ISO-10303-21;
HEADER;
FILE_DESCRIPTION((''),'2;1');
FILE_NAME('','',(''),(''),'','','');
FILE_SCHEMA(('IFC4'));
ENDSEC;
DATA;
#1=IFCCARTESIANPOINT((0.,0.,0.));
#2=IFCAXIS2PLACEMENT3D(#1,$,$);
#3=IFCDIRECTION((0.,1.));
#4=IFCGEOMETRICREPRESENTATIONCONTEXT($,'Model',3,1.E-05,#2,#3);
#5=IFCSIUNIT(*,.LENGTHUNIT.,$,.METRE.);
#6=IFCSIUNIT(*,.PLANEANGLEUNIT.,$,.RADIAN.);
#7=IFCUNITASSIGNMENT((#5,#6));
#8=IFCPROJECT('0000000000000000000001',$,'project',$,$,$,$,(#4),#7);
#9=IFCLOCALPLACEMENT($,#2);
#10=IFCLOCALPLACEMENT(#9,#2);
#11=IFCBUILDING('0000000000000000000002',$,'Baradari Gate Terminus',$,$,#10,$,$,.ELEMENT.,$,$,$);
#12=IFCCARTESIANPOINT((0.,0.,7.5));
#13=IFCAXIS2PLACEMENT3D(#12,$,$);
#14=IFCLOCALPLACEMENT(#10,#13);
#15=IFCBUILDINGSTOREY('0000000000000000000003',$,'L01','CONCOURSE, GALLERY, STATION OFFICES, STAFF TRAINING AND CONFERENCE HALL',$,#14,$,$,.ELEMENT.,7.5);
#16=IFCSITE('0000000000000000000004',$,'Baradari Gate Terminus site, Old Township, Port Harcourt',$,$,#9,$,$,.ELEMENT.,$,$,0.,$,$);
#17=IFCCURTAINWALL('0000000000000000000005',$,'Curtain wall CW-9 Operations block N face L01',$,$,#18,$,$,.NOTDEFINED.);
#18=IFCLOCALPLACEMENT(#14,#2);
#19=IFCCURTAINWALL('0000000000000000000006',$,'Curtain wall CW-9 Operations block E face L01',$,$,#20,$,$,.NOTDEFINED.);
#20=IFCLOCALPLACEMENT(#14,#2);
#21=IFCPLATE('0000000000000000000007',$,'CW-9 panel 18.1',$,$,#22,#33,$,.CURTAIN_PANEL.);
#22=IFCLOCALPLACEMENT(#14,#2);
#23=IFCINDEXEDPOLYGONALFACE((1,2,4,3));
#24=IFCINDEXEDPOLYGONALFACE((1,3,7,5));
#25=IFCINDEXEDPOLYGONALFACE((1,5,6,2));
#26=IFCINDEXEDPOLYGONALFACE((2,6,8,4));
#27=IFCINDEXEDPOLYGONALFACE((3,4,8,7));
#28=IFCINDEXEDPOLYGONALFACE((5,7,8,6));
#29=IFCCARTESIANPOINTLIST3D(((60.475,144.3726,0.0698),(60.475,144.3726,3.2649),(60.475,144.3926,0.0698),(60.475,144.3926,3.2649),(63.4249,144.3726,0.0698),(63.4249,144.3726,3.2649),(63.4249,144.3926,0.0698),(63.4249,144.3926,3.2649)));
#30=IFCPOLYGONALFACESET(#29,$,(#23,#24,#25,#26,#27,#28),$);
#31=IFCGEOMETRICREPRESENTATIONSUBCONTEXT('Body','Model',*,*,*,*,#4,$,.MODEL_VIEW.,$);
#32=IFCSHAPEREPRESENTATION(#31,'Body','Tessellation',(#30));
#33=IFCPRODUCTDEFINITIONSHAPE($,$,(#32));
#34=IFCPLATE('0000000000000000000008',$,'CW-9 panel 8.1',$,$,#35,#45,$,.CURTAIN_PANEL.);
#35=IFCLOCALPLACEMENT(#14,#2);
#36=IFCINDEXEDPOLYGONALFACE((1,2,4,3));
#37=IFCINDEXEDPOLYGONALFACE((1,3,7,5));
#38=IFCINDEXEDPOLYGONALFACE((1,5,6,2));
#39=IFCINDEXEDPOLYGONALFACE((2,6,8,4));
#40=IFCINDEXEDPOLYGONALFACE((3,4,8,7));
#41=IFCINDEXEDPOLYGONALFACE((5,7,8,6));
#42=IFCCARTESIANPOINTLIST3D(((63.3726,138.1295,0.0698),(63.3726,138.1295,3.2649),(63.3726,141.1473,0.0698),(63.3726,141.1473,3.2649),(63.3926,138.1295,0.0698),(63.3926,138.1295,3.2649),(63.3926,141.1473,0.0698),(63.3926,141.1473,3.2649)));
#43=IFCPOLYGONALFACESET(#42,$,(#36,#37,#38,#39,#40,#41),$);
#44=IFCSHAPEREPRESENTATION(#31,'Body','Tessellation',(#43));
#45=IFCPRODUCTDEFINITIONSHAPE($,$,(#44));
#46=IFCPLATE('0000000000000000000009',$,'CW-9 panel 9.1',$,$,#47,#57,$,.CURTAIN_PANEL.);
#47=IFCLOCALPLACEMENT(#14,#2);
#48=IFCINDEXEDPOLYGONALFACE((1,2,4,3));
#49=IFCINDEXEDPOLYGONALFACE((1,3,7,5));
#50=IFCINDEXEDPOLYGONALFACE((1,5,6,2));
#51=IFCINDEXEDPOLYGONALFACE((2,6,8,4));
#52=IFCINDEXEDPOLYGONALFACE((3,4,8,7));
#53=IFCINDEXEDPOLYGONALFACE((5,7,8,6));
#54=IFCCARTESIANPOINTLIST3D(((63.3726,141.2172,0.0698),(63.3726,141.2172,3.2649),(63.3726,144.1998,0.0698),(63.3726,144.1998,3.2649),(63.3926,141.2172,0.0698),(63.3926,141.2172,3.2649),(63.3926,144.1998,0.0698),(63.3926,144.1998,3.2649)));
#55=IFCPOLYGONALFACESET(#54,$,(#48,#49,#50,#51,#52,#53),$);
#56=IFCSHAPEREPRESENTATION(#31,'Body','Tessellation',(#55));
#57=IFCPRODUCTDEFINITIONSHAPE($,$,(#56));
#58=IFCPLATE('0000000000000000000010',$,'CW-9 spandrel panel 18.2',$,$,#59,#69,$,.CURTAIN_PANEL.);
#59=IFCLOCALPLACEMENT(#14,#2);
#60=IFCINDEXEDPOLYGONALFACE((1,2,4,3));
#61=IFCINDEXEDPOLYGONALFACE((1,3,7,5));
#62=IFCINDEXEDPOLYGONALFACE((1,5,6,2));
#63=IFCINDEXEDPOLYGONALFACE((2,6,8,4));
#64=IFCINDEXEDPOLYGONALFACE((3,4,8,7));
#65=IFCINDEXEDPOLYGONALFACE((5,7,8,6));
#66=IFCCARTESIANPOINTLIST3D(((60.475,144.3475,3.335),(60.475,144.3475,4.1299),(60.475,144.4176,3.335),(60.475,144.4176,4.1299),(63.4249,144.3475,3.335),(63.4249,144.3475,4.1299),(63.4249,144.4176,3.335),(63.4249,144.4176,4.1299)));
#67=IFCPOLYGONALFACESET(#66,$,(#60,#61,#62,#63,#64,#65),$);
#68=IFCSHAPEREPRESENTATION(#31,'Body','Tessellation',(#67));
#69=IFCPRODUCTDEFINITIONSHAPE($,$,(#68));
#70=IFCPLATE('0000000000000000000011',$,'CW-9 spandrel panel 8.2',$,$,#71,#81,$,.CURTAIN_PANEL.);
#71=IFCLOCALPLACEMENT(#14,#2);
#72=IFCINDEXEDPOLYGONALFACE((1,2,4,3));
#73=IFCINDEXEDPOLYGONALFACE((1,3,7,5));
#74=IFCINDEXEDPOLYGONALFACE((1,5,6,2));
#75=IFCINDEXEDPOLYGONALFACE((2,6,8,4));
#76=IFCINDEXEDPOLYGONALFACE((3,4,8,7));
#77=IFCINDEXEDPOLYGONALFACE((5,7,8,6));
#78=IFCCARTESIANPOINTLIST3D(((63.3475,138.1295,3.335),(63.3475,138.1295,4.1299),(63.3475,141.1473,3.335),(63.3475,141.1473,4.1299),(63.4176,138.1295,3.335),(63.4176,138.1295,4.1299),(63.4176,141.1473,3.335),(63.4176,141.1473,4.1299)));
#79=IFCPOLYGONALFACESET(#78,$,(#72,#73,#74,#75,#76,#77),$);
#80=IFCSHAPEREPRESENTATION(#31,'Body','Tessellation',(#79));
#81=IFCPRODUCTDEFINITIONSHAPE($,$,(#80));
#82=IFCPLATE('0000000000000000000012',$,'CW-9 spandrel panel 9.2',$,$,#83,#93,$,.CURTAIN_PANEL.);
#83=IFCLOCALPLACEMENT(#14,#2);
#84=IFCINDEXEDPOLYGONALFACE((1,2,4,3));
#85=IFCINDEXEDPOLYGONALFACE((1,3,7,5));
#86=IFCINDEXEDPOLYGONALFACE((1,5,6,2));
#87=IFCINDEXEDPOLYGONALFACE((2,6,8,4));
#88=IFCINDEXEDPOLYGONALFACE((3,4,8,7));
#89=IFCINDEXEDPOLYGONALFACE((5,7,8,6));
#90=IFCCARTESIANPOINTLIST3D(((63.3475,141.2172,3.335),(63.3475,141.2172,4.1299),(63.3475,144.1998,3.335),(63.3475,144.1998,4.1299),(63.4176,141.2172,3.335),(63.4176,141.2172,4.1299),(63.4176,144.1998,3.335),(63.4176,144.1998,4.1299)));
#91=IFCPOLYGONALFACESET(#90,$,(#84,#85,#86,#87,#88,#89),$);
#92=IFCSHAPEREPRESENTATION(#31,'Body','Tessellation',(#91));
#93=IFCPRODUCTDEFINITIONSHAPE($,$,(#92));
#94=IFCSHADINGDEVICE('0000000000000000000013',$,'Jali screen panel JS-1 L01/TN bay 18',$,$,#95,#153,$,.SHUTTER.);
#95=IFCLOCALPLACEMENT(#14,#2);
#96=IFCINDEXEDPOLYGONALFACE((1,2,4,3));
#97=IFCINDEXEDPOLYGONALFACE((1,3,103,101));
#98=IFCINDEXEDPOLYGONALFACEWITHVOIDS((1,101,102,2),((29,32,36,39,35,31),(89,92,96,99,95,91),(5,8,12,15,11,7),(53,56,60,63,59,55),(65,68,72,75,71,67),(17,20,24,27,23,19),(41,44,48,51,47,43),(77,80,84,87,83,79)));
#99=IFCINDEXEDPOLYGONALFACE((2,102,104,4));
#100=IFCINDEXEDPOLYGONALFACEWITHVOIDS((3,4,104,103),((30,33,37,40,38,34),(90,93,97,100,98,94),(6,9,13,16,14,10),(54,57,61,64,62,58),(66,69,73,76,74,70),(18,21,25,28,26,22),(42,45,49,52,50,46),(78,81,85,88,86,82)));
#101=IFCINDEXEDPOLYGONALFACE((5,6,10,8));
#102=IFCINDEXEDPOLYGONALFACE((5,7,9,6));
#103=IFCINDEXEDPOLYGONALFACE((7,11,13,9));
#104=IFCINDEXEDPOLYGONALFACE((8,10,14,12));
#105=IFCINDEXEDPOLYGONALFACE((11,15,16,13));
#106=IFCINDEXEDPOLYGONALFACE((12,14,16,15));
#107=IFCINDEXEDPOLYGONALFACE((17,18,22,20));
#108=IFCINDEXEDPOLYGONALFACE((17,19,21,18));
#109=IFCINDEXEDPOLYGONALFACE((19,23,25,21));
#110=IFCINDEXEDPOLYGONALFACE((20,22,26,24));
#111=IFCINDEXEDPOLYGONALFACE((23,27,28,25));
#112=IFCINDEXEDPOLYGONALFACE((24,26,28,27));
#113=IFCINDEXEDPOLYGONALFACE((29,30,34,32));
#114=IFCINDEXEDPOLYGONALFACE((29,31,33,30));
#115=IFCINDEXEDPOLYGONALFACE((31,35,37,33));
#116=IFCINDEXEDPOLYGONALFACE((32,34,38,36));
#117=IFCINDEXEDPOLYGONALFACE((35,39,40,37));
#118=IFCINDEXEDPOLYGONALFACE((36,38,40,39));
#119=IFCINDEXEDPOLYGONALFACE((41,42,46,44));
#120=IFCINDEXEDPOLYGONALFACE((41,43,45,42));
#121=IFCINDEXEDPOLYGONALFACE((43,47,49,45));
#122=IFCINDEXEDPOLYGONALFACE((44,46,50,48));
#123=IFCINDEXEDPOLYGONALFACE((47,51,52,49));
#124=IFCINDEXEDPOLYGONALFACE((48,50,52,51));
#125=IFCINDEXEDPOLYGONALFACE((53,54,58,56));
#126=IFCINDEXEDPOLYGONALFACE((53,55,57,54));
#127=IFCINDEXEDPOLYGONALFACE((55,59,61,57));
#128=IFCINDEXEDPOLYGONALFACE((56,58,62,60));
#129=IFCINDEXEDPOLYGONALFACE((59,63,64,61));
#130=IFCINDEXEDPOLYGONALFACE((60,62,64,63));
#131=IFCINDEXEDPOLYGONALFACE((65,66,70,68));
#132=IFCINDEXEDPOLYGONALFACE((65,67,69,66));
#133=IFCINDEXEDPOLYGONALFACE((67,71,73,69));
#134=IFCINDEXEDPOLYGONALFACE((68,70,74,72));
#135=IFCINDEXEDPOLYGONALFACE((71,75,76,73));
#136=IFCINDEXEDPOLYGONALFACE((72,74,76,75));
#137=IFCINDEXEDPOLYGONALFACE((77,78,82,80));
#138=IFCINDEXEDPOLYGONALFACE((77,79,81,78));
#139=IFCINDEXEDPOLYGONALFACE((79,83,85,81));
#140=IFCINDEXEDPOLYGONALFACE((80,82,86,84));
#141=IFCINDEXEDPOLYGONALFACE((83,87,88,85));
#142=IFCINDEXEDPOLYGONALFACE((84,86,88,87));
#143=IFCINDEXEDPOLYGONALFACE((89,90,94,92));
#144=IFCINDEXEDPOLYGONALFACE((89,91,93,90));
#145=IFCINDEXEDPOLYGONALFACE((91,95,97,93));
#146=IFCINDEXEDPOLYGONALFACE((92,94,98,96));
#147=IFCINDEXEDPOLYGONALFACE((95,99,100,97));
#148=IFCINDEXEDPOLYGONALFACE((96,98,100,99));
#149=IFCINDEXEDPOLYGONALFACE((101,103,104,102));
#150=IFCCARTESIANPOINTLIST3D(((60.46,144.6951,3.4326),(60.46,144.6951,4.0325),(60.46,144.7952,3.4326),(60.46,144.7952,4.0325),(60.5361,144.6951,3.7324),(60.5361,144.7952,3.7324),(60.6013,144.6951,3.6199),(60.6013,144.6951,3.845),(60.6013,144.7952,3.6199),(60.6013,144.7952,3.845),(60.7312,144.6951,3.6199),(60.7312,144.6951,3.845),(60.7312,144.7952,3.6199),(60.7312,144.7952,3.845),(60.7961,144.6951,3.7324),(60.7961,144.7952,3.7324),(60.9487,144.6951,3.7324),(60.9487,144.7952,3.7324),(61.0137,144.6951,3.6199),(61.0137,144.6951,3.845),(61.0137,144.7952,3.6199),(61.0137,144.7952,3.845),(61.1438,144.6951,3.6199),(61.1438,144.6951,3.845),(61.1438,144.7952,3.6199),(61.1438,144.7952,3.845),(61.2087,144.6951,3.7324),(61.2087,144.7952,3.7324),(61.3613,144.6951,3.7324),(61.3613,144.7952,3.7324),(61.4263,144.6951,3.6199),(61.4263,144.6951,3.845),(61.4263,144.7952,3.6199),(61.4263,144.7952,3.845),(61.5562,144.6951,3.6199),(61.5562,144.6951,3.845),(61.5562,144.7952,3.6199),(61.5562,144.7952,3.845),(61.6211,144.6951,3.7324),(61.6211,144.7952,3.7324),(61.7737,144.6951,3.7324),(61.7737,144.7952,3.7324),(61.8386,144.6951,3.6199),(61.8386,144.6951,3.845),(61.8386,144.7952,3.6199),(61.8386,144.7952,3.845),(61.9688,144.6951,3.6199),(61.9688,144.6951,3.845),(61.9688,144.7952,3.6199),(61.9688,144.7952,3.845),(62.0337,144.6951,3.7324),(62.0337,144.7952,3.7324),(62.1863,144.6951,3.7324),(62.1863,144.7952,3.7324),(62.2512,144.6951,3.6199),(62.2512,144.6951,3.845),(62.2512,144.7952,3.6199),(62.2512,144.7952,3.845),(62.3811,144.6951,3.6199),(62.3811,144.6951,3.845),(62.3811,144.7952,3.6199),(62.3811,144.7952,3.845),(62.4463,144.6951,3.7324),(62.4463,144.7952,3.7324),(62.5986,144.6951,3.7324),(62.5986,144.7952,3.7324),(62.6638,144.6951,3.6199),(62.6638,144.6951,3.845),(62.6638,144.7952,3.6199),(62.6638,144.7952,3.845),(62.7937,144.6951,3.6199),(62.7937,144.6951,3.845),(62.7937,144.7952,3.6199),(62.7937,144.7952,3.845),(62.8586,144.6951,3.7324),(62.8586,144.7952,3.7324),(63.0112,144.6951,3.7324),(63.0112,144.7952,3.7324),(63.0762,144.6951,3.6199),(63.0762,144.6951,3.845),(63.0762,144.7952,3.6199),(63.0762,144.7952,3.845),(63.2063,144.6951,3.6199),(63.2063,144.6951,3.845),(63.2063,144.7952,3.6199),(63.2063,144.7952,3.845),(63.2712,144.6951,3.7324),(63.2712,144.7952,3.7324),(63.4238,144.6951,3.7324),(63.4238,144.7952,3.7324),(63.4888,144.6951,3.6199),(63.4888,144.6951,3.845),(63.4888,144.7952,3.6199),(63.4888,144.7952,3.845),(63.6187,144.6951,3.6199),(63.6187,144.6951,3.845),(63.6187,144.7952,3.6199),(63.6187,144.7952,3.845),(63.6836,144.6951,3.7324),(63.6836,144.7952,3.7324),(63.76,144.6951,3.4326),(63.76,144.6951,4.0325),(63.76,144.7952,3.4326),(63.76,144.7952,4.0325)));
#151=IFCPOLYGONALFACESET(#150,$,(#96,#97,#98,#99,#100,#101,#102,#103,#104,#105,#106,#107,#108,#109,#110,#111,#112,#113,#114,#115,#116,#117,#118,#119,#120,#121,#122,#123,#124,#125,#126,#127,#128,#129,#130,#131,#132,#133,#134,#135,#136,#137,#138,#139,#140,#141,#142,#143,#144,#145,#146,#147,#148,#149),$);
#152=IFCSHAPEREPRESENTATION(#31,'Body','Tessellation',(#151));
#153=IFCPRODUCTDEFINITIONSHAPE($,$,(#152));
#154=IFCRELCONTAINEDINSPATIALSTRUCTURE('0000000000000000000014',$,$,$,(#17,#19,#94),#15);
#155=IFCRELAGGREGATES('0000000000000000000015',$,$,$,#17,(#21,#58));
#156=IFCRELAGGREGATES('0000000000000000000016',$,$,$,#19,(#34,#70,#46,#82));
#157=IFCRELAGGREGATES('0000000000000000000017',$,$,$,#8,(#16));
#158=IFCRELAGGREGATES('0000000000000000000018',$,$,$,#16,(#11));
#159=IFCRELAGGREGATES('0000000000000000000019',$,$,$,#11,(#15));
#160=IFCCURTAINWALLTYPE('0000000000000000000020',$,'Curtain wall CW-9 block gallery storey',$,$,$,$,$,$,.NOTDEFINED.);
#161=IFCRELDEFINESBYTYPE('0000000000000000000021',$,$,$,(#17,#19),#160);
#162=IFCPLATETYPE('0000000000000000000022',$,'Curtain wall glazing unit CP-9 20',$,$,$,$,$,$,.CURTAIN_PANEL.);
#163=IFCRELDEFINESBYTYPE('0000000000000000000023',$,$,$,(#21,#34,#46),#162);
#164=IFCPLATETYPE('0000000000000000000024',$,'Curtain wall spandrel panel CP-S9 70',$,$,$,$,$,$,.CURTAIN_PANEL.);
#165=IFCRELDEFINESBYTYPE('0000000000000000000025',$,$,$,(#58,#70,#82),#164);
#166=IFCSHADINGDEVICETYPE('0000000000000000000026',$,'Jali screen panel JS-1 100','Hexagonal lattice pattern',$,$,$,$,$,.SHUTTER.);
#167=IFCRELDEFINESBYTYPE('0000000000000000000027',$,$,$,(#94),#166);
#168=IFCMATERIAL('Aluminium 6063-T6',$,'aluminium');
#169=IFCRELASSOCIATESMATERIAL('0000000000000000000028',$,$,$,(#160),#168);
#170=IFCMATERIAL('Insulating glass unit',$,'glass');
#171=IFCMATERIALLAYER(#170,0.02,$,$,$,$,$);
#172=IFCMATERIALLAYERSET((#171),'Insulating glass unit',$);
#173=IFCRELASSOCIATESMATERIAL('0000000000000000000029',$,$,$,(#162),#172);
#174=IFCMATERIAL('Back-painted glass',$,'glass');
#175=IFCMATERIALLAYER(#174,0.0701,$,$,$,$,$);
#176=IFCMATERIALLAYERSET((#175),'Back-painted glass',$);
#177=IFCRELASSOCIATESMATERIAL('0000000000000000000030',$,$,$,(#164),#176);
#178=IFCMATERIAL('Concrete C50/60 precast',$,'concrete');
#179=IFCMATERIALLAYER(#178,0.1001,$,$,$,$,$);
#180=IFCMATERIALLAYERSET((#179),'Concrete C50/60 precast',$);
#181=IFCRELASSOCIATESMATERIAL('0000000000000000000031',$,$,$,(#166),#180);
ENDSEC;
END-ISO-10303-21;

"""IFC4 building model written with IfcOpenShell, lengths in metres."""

from ifc_helpers import new_model, si_unit, direction, frame, origin, origin_2d, place, context, subcontext, project, spatial, polyline, rectangle, outline, extrude, material, layer, layer_set, type_object, element, aggregate, save


model = new_model("IFC4")

# Units and contexts
model_context = context("Model", 3, precision=1e-05, world=origin(), true_north=direction((0.0, 1.0)))
body_context = subcontext(model_context, "Body", "Model", "MODEL_VIEW")
ifc_project = project(units=[si_unit("LENGTHUNIT", "METRE"), si_unit("PLANEANGLEUNIT", "RADIAN")], contexts=[model_context])

# Site, building, storey
site_placement = place(None, origin())
site = spatial("IfcSite", under=ifc_project, at=site_placement, Name="Baradari Gate Terminus site, Old Township, Port Harcourt", CompositionType="ELEMENT", RefElevation=0.0)
building_placement = place(site_placement, origin())
building = spatial("IfcBuilding", under=site, at=building_placement, Name="Baradari Gate Terminus", CompositionType="ELEMENT")
storey_placement = place(building_placement, frame((0.0, 0.0, 7.5)))
storey = spatial("IfcBuildingStorey", under=building, at=storey_placement, Name="L01", Description="CONCOURSE, GALLERY, STATION OFFICES, STAFF TRAINING AND CONFERENCE HALL", CompositionType="ELEMENT", Elevation=7.5)

# Curtain walls
ifc_material_1 = material(Name="Aluminium 6063-T6", Category="aluminium")
curtain_wall_type = type_object("IfcCurtainWallType", Name="Curtain wall CW-9 block gallery storey", PredefinedType="NOTDEFINED", material=ifc_material_1)
curtain_wall_1_placement = place(storey_placement, origin())
curtain_wall_1 = element("IfcCurtainWall", 1, at=curtain_wall_1_placement, inside=storey, type_object=curtain_wall_type, Name="Curtain wall CW-9 Operations block N face L01", PredefinedType="NOTDEFINED")
curtain_wall_2_placement = place(storey_placement, origin())
curtain_wall_2 = element("IfcCurtainWall", 2, at=curtain_wall_2_placement, inside=storey, type_object=curtain_wall_type, Name="Curtain wall CW-9 Operations block E face L01", PredefinedType="NOTDEFINED")

# Plates
ifc_material_2 = material(Name="Insulating glass unit", Category="glass")
ifc_layer_1 = layer(ifc_material_2, 0.02)
ifc_layer_set_1 = layer_set([ifc_layer_1], Name="Insulating glass unit")
plate_type_1 = type_object("IfcPlateType", Name="Curtain wall glazing unit CP-9 20", PredefinedType="CURTAIN_PANEL", material=ifc_layer_set_1)
plate_1_placement = place(storey_placement, frame((61.95, 144.3826, 0.0698), z_axis=(0.0, 0.0, 1.0), x_axis=(1.0, 0.0, 0.0)))
plate_1 = element("IfcPlate", 3, at=plate_1_placement, type_object=plate_type_1, Name="CW-9 panel 18.1", PredefinedType="CURTAIN_PANEL", context=body_context, shape_type="SweptSolid", body=[
    extrude(rectangle(XDim=2.95, YDim=0.02, at=origin_2d()), origin(), (0.0, 0.0, 1.0), 3.1951),
])
plate_2_placement = place(storey_placement, frame((63.3826, 139.6384, 0.0698), z_axis=(0.0, 0.0, 1.0), x_axis=(0.0, 1.0, 0.0)))
plate_2 = element("IfcPlate", 4, at=plate_2_placement, type_object=plate_type_1, Name="CW-9 panel 8.1", PredefinedType="CURTAIN_PANEL", context=body_context, shape_type="SweptSolid", body=[
    extrude(rectangle(XDim=3.0178, YDim=0.02, at=origin_2d()), origin(), (0.0, 0.0, 1.0), 3.1951),
])
plate_3_placement = place(storey_placement, frame((63.3826, 142.7085, 0.0698), z_axis=(0.0, 0.0, 1.0), x_axis=(0.0, 1.0, 0.0)))
plate_3 = element("IfcPlate", 5, at=plate_3_placement, type_object=plate_type_1, Name="CW-9 panel 9.1", PredefinedType="CURTAIN_PANEL", context=body_context, shape_type="SweptSolid", body=[
    extrude(rectangle(XDim=2.9827, YDim=0.02, at=origin_2d()), origin(), (0.0, 0.0, 1.0), 3.1951),
])
ifc_material_3 = material(Name="Back-painted glass", Category="glass")
ifc_layer_2 = layer(ifc_material_3, 0.0701)
ifc_layer_set_2 = layer_set([ifc_layer_2], Name="Back-painted glass")
plate_type_2 = type_object("IfcPlateType", Name="Curtain wall spandrel panel CP-S9 70", PredefinedType="CURTAIN_PANEL", material=ifc_layer_set_2)
plate_4_placement = place(storey_placement, frame((61.95, 144.3826, 3.335), z_axis=(0.0, 0.0, 1.0), x_axis=(1.0, 0.0, 0.0)))
plate_4 = element("IfcPlate", 6, at=plate_4_placement, type_object=plate_type_2, Name="CW-9 spandrel panel 18.2", PredefinedType="CURTAIN_PANEL", context=body_context, shape_type="SweptSolid", body=[
    extrude(rectangle(XDim=2.95, YDim=0.0701, at=origin_2d()), origin(), (0.0, 0.0, 1.0), 0.7949),
])
aggregate(curtain_wall_1, [plate_1, plate_4])
plate_5_placement = place(storey_placement, frame((63.3826, 139.6384, 3.335), z_axis=(0.0, 0.0, 1.0), x_axis=(0.0, 1.0, 0.0)))
plate_5 = element("IfcPlate", 7, at=plate_5_placement, type_object=plate_type_2, Name="CW-9 spandrel panel 8.2", PredefinedType="CURTAIN_PANEL", context=body_context, shape_type="SweptSolid", body=[
    extrude(rectangle(XDim=3.0178, YDim=0.0701, at=origin_2d()), origin(), (0.0, 0.0, 1.0), 0.7949),
])
plate_6_placement = place(storey_placement, frame((63.3826, 142.7085, 3.335), z_axis=(0.0, 0.0, 1.0), x_axis=(0.0, 1.0, 0.0)))
plate_6 = element("IfcPlate", 8, at=plate_6_placement, type_object=plate_type_2, Name="CW-9 spandrel panel 9.2", PredefinedType="CURTAIN_PANEL", context=body_context, shape_type="SweptSolid", body=[
    extrude(rectangle(XDim=2.9827, YDim=0.0701, at=origin_2d()), origin(), (0.0, 0.0, 1.0), 0.7949),
])
aggregate(curtain_wall_2, [plate_2, plate_5, plate_3, plate_6])

# Shading device
ifc_material_4 = material(Name="Concrete C50/60 precast", Category="concrete")
ifc_layer_3 = layer(ifc_material_4, 0.1001)
ifc_layer_set_3 = layer_set([ifc_layer_3], Name="Concrete C50/60 precast")
shading_device_type = type_object("IfcShadingDeviceType", Name="Jali screen panel JS-1 100", Description="Hexagonal lattice pattern", PredefinedType="SHUTTER", material=ifc_layer_set_3)
shading_device_1_placement = place(storey_placement, frame((60.46, 144.7451, 3.4326), z_axis=(0.0, 0.0, 1.0), x_axis=(1.0, 0.0, 0.0)))
element("IfcShadingDevice", 9, at=shading_device_1_placement, inside=storey, type_object=shading_device_type, Name="Jali screen panel JS-1 L01/TN bay 18", PredefinedType="SHUTTER", context=body_context, shape_type="SweptSolid", body=[
    extrude(outline(polyline([(0.0, 0.0), (3.3, 0.0), (3.3, 0.5999), (0.0, 0.5999), (0.0, 0.0)]), holes=[polyline([(0.3362, 0.2998), (0.2712, 0.1873), (0.1414, 0.1873), (0.0762, 0.2998), (0.1414, 0.4124), (0.2712, 0.4124), (0.3362, 0.2998)]), polyline([(0.7488, 0.2998), (0.6838, 0.1873), (0.5537, 0.1873), (0.4888, 0.2998), (0.5537, 0.4124), (0.6838, 0.4124), (0.7488, 0.2998)]), polyline([(1.1611, 0.2998), (1.0962, 0.1873), (0.9663, 0.1873), (0.9014, 0.2998), (0.9663, 0.4124), (1.0962, 0.4124), (1.1611, 0.2998)]), polyline([(1.5737, 0.2998), (1.5088, 0.1873), (1.3787, 0.1873), (1.3137, 0.2998), (1.3787, 0.4124), (1.5088, 0.4124), (1.5737, 0.2998)]), polyline([(1.9863, 0.2998), (1.9211, 0.1873), (1.7913, 0.1873), (1.7263, 0.2998), (1.7913, 0.4124), (1.9211, 0.4124), (1.9863, 0.2998)]), polyline([(2.3987, 0.2998), (2.3337, 0.1873), (2.2039, 0.1873), (2.1387, 0.2998), (2.2039, 0.4124), (2.3337, 0.4124), (2.3987, 0.2998)]), polyline([(2.8113, 0.2998), (2.7463, 0.1873), (2.6162, 0.1873), (2.5513, 0.2998), (2.6162, 0.4124), (2.7463, 0.4124), (2.8113, 0.2998)]), polyline([(3.2236, 0.2998), (3.1587, 0.1873), (3.0288, 0.1873), (2.9639, 0.2998), (3.0288, 0.4124), (3.1587, 0.4124), (3.2236, 0.2998)])]), frame((0.0, 0.05, 0.0), z_axis=(0.0, -1.0, 0.0), x_axis=(1.0, 0.0, 0.0)), (0.0, 0.0, 1.0), 0.1001),
])

save(model, "model.ifc")
